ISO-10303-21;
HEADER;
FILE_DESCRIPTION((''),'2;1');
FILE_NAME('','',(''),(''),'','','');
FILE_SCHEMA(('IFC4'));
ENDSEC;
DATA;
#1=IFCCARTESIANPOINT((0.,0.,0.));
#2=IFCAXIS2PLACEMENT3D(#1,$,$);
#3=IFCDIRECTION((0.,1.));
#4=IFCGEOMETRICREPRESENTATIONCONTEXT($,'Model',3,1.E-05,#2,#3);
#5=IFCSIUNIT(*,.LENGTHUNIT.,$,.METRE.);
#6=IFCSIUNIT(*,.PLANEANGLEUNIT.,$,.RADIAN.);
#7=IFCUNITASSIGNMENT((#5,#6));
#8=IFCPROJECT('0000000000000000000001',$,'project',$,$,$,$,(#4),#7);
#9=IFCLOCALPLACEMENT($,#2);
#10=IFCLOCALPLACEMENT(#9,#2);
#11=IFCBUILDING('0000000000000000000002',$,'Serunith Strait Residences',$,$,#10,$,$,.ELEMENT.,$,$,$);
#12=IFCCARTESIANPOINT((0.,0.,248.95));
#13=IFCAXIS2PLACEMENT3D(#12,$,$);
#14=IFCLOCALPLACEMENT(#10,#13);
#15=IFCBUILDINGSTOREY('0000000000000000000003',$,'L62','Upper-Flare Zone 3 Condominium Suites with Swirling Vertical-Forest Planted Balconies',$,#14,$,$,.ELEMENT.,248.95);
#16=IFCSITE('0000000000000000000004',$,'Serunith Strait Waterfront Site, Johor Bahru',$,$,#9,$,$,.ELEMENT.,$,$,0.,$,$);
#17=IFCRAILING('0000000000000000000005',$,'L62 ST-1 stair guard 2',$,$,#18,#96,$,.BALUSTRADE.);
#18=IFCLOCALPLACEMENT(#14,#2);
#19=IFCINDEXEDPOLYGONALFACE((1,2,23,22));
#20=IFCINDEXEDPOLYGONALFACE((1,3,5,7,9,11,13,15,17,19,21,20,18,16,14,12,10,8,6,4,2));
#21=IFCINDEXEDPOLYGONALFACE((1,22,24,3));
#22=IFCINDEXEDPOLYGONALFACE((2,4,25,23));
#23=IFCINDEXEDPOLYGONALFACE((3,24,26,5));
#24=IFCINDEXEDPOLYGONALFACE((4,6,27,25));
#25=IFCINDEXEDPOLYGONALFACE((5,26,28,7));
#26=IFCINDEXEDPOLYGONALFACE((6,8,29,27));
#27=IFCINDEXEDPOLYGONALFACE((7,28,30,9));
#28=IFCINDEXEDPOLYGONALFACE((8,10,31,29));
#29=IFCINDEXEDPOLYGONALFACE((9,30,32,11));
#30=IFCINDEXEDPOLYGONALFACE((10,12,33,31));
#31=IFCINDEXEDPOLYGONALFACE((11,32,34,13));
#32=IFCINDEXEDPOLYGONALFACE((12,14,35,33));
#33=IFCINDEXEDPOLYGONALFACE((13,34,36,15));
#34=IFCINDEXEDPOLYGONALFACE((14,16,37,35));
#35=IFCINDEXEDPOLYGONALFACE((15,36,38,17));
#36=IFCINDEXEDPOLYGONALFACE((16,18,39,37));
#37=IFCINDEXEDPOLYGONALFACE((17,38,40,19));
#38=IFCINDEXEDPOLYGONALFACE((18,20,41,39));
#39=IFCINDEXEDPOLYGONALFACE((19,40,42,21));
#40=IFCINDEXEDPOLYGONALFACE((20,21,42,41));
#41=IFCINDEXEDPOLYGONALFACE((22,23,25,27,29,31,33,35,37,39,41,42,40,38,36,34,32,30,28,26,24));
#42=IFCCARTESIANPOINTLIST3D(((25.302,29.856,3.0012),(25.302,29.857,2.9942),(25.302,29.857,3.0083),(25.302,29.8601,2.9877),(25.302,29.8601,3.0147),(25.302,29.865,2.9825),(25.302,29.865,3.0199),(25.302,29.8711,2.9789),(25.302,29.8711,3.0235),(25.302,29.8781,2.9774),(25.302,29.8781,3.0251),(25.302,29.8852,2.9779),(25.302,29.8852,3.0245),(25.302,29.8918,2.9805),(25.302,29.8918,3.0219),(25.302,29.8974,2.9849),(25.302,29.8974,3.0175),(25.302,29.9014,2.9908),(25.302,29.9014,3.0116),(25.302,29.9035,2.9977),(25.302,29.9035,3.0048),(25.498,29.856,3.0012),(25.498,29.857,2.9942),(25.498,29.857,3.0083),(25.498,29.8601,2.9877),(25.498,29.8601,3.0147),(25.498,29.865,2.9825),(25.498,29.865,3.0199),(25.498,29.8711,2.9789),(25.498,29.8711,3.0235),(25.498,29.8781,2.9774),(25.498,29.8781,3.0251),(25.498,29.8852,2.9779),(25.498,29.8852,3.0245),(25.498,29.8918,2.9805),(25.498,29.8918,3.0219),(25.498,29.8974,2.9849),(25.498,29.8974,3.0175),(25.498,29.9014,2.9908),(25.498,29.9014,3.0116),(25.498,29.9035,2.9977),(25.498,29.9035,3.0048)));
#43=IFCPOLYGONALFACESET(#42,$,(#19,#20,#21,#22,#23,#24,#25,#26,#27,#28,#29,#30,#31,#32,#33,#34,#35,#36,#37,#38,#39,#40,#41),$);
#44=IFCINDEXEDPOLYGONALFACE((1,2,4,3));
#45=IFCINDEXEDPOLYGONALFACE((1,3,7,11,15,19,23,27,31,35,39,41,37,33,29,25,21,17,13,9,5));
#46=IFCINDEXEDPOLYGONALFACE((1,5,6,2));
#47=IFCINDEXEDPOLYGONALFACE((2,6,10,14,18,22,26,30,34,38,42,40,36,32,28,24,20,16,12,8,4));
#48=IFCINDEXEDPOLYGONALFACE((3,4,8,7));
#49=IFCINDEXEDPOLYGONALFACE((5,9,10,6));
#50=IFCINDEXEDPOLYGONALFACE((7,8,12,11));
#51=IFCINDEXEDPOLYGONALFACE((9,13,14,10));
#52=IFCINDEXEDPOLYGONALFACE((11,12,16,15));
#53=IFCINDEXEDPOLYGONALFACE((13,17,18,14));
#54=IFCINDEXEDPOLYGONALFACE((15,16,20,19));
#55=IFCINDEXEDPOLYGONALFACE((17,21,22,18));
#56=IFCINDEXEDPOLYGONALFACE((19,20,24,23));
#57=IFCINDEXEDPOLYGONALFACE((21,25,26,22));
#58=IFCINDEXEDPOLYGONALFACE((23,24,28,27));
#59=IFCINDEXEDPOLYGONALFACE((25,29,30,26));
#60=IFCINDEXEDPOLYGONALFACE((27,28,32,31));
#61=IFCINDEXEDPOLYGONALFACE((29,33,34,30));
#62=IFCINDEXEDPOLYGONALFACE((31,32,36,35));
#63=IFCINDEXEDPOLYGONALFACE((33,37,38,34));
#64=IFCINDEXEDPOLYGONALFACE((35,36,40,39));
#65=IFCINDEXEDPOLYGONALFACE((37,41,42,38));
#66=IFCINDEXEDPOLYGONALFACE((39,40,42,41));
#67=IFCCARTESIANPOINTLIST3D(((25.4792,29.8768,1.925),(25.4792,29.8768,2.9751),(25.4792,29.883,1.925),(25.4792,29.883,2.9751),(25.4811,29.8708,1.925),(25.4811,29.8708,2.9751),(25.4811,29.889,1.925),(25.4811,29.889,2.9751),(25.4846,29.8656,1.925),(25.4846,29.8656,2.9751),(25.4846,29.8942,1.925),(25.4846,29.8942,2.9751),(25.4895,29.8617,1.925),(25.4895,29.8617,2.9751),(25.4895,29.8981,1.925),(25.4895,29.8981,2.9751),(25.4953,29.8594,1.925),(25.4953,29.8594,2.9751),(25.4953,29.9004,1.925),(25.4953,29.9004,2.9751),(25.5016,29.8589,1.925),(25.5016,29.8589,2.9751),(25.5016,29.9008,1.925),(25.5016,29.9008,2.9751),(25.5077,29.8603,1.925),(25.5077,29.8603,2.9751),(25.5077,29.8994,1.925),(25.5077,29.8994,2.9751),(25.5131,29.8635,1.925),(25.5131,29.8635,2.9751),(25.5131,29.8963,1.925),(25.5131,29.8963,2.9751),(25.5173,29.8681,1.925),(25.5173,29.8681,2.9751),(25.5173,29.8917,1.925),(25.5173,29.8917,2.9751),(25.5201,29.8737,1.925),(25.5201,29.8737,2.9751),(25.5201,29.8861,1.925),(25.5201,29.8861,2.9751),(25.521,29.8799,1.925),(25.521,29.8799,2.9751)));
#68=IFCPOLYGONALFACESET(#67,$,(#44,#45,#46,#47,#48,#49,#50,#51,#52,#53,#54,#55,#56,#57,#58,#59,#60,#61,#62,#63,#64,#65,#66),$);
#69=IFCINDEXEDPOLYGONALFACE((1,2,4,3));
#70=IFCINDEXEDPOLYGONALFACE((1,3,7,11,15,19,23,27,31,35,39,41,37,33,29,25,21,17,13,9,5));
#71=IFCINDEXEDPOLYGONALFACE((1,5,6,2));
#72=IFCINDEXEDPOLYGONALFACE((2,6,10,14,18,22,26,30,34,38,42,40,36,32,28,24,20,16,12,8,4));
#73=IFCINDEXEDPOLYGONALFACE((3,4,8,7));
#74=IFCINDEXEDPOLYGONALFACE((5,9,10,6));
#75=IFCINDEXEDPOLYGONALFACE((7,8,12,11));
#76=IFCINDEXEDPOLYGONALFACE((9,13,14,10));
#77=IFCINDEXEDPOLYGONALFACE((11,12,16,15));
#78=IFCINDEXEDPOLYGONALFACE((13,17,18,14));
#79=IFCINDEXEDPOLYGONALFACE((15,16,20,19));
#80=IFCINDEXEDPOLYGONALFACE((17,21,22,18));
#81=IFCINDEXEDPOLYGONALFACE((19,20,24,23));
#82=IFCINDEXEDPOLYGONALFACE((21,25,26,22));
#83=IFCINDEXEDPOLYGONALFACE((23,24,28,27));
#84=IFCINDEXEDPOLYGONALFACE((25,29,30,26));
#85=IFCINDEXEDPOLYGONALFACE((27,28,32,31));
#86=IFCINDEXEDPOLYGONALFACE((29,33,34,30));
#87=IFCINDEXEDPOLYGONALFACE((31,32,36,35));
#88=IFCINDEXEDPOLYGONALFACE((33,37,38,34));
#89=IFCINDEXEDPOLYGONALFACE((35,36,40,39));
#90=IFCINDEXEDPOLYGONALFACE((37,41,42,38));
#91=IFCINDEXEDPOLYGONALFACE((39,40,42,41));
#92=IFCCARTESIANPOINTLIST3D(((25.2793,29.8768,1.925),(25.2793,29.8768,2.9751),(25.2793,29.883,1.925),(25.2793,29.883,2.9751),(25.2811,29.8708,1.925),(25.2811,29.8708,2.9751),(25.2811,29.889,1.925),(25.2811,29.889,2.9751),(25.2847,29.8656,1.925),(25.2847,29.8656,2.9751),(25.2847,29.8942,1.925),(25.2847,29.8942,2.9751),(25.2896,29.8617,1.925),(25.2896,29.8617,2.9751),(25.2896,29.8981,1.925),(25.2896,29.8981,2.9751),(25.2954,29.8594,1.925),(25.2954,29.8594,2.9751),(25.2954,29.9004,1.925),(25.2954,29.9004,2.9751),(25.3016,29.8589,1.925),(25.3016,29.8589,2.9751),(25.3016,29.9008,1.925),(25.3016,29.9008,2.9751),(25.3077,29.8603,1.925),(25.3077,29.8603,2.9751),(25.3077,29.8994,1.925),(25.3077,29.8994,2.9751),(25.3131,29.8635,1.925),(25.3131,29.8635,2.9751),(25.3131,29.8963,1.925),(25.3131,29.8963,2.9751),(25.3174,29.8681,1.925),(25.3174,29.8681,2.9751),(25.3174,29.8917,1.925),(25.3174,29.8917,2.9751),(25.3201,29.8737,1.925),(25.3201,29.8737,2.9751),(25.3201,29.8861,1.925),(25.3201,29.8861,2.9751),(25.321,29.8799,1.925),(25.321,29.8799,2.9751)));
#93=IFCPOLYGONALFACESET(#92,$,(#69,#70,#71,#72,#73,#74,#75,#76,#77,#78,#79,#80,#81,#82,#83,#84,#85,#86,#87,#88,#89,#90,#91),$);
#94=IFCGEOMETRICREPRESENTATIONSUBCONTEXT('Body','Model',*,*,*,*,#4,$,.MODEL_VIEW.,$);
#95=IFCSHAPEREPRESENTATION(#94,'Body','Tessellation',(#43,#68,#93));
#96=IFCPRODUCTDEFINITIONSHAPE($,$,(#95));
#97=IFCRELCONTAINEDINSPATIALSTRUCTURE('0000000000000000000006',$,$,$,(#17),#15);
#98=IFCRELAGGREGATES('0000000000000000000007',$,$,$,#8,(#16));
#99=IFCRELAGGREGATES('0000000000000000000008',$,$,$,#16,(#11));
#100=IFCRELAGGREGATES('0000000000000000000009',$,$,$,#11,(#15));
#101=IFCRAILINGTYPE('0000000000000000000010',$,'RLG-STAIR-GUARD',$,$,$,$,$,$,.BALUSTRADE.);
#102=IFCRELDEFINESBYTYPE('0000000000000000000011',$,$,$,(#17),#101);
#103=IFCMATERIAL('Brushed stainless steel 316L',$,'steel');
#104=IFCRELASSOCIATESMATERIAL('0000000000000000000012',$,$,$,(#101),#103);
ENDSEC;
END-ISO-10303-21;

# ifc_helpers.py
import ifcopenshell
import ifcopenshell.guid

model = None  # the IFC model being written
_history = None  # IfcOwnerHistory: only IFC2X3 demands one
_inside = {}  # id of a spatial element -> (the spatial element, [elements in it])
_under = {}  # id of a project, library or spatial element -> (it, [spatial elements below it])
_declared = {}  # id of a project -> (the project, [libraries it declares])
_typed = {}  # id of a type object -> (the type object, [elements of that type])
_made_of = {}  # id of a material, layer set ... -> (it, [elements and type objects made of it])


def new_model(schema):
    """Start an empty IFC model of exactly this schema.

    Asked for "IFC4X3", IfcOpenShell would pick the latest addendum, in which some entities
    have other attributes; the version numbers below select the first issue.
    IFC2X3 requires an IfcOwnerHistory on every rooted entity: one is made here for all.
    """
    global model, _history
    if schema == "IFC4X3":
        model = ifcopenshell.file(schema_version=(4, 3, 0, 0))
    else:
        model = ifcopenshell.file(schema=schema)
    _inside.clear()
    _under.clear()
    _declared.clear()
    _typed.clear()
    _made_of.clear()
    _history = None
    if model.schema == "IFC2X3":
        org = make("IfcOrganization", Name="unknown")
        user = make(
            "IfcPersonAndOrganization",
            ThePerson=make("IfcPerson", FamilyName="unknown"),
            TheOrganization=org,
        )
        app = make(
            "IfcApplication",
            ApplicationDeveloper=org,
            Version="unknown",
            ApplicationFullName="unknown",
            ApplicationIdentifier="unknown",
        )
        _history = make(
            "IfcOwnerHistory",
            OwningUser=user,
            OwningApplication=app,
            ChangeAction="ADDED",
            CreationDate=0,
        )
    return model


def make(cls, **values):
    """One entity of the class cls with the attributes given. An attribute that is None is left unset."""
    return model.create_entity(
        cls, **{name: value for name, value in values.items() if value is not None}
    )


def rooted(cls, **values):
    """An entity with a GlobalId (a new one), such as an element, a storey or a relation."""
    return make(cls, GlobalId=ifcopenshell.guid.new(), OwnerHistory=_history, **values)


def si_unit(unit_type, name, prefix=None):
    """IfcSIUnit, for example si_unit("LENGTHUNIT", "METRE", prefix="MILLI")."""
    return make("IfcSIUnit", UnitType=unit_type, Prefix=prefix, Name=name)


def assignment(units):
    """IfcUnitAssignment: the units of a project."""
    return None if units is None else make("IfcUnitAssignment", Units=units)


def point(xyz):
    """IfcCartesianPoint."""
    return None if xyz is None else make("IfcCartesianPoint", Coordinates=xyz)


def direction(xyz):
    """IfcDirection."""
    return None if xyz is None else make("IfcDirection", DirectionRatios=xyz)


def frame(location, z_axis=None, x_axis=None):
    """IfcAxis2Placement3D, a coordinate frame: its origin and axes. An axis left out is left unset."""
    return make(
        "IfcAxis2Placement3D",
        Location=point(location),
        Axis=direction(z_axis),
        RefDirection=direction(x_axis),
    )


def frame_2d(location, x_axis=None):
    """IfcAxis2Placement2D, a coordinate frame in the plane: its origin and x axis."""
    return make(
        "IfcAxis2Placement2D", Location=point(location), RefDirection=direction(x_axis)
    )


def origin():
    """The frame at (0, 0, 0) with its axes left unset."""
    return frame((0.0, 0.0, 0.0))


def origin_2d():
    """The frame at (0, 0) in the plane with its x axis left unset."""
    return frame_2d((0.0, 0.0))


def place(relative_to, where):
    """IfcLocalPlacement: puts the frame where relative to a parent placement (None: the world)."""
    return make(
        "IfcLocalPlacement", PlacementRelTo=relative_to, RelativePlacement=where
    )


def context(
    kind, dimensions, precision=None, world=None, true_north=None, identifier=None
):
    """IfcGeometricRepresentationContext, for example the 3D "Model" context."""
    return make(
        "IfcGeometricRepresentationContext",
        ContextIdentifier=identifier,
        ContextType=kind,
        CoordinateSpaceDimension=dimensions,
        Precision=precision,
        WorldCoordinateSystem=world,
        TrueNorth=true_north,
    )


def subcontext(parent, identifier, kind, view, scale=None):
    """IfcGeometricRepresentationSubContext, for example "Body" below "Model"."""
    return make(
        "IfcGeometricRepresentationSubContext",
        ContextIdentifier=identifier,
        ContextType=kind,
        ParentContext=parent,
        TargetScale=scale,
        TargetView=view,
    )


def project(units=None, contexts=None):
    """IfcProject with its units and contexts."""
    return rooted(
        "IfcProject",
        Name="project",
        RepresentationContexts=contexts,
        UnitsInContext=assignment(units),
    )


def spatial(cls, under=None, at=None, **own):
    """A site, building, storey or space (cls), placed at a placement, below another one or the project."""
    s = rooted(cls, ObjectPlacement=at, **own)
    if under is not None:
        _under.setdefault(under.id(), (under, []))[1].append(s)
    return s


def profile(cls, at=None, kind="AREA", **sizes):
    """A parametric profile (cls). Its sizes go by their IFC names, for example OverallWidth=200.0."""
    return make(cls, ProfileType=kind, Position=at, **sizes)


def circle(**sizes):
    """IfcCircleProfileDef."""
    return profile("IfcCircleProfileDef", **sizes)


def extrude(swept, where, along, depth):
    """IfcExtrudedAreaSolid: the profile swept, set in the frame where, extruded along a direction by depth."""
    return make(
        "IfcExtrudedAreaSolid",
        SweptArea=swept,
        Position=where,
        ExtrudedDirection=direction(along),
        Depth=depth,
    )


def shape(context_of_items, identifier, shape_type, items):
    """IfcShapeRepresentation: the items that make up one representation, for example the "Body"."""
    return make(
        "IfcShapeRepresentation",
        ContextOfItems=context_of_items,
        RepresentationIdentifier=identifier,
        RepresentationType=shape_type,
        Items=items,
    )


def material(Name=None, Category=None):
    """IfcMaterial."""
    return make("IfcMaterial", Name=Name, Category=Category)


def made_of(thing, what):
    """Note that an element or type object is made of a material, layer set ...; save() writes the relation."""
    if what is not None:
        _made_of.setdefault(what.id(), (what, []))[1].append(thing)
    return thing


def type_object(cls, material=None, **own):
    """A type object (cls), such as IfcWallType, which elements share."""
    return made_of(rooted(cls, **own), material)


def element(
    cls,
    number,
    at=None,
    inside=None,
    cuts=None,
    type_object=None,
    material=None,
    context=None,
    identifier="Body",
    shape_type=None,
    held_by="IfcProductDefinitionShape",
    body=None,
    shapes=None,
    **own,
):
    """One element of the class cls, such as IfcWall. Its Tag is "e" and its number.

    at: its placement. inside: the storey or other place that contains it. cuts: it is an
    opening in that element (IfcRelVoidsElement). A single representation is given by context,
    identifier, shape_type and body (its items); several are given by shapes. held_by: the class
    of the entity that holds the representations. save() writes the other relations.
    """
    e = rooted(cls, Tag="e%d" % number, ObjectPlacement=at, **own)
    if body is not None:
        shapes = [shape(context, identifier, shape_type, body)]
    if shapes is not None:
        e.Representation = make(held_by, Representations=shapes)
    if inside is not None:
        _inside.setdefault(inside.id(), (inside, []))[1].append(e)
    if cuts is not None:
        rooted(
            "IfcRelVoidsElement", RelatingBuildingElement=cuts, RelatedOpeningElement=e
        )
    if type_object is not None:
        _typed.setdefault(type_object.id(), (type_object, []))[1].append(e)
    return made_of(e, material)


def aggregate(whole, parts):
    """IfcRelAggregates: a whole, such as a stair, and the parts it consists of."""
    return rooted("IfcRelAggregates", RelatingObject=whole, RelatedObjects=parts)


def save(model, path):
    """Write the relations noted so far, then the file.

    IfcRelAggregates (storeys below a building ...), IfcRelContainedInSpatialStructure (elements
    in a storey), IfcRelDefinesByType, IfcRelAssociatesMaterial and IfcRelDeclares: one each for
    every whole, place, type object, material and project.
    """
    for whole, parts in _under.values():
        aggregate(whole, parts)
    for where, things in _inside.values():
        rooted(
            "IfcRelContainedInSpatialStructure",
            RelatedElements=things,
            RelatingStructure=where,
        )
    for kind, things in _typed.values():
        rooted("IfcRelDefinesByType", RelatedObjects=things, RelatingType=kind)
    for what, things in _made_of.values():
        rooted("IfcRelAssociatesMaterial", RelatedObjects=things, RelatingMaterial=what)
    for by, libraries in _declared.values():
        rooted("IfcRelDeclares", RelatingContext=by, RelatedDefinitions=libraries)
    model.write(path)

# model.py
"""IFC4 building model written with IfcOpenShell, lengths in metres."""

from ifc_helpers import new_model, si_unit, direction, frame, origin, origin_2d, place, context, subcontext, project, spatial, circle, extrude, material, type_object, element, save


model = new_model("IFC4")

# Units and contexts
model_context = context("Model", 3, precision=1e-05, world=origin(), true_north=direction((0.0, 1.0)))
body_context = subcontext(model_context, "Body", "Model", "MODEL_VIEW")
ifc_project = project(units=[si_unit("LENGTHUNIT", "METRE"), si_unit("PLANEANGLEUNIT", "RADIAN")], contexts=[model_context])

# Site, building, storey
site_placement = place(None, origin())
site = spatial("IfcSite", under=ifc_project, at=site_placement, Name="Serunith Strait Waterfront Site, Johor Bahru", CompositionType="ELEMENT", RefElevation=0.0)
building_placement = place(site_placement, origin())
building = spatial("IfcBuilding", under=site, at=building_placement, Name="Serunith Strait Residences", CompositionType="ELEMENT")
storey_placement = place(building_placement, frame((0.0, 0.0, 248.95)))
storey = spatial("IfcBuildingStorey", under=building, at=storey_placement, Name="L62", Description="Upper-Flare Zone 3 Condominium Suites with Swirling Vertical-Forest Planted Balconies", CompositionType="ELEMENT", Elevation=248.95)

# Railing
ifc_material_1 = material(Name="Brushed stainless steel 316L", Category="steel")
railing_type_1 = type_object("IfcRailingType", Name="RLG-STAIR-GUARD", PredefinedType="BALUSTRADE", material=ifc_material_1)
railing_1_placement = place(storey_placement, frame((25.5, 29.8799, 1.925)))
element("IfcRailing", 1, at=railing_1_placement, inside=storey, type_object=railing_type_1, Name="L62 ST-1 stair guard 2", PredefinedType="BALUSTRADE", context=body_context, shape_type="SweptSolid", body=[
    extrude(circle(Radius=0.0239, at=origin_2d()), frame((-0.002, 0.0, 1.0762), z_axis=(-1.0, 0.0, 0.0), x_axis=(0.0, -1.0, 0.0)), (0.0, 0.0, 1.0), 0.196),
    extrude(circle(Radius=0.021, at=origin_2d()), origin(), (0.0, 0.0, 1.0), 1.05),
    extrude(circle(Radius=0.021, at=origin_2d()), frame((-0.2, 0.0, 0.0)), (0.0, 0.0, 1.0), 1.05),
])

save(model, "model.ifc")
